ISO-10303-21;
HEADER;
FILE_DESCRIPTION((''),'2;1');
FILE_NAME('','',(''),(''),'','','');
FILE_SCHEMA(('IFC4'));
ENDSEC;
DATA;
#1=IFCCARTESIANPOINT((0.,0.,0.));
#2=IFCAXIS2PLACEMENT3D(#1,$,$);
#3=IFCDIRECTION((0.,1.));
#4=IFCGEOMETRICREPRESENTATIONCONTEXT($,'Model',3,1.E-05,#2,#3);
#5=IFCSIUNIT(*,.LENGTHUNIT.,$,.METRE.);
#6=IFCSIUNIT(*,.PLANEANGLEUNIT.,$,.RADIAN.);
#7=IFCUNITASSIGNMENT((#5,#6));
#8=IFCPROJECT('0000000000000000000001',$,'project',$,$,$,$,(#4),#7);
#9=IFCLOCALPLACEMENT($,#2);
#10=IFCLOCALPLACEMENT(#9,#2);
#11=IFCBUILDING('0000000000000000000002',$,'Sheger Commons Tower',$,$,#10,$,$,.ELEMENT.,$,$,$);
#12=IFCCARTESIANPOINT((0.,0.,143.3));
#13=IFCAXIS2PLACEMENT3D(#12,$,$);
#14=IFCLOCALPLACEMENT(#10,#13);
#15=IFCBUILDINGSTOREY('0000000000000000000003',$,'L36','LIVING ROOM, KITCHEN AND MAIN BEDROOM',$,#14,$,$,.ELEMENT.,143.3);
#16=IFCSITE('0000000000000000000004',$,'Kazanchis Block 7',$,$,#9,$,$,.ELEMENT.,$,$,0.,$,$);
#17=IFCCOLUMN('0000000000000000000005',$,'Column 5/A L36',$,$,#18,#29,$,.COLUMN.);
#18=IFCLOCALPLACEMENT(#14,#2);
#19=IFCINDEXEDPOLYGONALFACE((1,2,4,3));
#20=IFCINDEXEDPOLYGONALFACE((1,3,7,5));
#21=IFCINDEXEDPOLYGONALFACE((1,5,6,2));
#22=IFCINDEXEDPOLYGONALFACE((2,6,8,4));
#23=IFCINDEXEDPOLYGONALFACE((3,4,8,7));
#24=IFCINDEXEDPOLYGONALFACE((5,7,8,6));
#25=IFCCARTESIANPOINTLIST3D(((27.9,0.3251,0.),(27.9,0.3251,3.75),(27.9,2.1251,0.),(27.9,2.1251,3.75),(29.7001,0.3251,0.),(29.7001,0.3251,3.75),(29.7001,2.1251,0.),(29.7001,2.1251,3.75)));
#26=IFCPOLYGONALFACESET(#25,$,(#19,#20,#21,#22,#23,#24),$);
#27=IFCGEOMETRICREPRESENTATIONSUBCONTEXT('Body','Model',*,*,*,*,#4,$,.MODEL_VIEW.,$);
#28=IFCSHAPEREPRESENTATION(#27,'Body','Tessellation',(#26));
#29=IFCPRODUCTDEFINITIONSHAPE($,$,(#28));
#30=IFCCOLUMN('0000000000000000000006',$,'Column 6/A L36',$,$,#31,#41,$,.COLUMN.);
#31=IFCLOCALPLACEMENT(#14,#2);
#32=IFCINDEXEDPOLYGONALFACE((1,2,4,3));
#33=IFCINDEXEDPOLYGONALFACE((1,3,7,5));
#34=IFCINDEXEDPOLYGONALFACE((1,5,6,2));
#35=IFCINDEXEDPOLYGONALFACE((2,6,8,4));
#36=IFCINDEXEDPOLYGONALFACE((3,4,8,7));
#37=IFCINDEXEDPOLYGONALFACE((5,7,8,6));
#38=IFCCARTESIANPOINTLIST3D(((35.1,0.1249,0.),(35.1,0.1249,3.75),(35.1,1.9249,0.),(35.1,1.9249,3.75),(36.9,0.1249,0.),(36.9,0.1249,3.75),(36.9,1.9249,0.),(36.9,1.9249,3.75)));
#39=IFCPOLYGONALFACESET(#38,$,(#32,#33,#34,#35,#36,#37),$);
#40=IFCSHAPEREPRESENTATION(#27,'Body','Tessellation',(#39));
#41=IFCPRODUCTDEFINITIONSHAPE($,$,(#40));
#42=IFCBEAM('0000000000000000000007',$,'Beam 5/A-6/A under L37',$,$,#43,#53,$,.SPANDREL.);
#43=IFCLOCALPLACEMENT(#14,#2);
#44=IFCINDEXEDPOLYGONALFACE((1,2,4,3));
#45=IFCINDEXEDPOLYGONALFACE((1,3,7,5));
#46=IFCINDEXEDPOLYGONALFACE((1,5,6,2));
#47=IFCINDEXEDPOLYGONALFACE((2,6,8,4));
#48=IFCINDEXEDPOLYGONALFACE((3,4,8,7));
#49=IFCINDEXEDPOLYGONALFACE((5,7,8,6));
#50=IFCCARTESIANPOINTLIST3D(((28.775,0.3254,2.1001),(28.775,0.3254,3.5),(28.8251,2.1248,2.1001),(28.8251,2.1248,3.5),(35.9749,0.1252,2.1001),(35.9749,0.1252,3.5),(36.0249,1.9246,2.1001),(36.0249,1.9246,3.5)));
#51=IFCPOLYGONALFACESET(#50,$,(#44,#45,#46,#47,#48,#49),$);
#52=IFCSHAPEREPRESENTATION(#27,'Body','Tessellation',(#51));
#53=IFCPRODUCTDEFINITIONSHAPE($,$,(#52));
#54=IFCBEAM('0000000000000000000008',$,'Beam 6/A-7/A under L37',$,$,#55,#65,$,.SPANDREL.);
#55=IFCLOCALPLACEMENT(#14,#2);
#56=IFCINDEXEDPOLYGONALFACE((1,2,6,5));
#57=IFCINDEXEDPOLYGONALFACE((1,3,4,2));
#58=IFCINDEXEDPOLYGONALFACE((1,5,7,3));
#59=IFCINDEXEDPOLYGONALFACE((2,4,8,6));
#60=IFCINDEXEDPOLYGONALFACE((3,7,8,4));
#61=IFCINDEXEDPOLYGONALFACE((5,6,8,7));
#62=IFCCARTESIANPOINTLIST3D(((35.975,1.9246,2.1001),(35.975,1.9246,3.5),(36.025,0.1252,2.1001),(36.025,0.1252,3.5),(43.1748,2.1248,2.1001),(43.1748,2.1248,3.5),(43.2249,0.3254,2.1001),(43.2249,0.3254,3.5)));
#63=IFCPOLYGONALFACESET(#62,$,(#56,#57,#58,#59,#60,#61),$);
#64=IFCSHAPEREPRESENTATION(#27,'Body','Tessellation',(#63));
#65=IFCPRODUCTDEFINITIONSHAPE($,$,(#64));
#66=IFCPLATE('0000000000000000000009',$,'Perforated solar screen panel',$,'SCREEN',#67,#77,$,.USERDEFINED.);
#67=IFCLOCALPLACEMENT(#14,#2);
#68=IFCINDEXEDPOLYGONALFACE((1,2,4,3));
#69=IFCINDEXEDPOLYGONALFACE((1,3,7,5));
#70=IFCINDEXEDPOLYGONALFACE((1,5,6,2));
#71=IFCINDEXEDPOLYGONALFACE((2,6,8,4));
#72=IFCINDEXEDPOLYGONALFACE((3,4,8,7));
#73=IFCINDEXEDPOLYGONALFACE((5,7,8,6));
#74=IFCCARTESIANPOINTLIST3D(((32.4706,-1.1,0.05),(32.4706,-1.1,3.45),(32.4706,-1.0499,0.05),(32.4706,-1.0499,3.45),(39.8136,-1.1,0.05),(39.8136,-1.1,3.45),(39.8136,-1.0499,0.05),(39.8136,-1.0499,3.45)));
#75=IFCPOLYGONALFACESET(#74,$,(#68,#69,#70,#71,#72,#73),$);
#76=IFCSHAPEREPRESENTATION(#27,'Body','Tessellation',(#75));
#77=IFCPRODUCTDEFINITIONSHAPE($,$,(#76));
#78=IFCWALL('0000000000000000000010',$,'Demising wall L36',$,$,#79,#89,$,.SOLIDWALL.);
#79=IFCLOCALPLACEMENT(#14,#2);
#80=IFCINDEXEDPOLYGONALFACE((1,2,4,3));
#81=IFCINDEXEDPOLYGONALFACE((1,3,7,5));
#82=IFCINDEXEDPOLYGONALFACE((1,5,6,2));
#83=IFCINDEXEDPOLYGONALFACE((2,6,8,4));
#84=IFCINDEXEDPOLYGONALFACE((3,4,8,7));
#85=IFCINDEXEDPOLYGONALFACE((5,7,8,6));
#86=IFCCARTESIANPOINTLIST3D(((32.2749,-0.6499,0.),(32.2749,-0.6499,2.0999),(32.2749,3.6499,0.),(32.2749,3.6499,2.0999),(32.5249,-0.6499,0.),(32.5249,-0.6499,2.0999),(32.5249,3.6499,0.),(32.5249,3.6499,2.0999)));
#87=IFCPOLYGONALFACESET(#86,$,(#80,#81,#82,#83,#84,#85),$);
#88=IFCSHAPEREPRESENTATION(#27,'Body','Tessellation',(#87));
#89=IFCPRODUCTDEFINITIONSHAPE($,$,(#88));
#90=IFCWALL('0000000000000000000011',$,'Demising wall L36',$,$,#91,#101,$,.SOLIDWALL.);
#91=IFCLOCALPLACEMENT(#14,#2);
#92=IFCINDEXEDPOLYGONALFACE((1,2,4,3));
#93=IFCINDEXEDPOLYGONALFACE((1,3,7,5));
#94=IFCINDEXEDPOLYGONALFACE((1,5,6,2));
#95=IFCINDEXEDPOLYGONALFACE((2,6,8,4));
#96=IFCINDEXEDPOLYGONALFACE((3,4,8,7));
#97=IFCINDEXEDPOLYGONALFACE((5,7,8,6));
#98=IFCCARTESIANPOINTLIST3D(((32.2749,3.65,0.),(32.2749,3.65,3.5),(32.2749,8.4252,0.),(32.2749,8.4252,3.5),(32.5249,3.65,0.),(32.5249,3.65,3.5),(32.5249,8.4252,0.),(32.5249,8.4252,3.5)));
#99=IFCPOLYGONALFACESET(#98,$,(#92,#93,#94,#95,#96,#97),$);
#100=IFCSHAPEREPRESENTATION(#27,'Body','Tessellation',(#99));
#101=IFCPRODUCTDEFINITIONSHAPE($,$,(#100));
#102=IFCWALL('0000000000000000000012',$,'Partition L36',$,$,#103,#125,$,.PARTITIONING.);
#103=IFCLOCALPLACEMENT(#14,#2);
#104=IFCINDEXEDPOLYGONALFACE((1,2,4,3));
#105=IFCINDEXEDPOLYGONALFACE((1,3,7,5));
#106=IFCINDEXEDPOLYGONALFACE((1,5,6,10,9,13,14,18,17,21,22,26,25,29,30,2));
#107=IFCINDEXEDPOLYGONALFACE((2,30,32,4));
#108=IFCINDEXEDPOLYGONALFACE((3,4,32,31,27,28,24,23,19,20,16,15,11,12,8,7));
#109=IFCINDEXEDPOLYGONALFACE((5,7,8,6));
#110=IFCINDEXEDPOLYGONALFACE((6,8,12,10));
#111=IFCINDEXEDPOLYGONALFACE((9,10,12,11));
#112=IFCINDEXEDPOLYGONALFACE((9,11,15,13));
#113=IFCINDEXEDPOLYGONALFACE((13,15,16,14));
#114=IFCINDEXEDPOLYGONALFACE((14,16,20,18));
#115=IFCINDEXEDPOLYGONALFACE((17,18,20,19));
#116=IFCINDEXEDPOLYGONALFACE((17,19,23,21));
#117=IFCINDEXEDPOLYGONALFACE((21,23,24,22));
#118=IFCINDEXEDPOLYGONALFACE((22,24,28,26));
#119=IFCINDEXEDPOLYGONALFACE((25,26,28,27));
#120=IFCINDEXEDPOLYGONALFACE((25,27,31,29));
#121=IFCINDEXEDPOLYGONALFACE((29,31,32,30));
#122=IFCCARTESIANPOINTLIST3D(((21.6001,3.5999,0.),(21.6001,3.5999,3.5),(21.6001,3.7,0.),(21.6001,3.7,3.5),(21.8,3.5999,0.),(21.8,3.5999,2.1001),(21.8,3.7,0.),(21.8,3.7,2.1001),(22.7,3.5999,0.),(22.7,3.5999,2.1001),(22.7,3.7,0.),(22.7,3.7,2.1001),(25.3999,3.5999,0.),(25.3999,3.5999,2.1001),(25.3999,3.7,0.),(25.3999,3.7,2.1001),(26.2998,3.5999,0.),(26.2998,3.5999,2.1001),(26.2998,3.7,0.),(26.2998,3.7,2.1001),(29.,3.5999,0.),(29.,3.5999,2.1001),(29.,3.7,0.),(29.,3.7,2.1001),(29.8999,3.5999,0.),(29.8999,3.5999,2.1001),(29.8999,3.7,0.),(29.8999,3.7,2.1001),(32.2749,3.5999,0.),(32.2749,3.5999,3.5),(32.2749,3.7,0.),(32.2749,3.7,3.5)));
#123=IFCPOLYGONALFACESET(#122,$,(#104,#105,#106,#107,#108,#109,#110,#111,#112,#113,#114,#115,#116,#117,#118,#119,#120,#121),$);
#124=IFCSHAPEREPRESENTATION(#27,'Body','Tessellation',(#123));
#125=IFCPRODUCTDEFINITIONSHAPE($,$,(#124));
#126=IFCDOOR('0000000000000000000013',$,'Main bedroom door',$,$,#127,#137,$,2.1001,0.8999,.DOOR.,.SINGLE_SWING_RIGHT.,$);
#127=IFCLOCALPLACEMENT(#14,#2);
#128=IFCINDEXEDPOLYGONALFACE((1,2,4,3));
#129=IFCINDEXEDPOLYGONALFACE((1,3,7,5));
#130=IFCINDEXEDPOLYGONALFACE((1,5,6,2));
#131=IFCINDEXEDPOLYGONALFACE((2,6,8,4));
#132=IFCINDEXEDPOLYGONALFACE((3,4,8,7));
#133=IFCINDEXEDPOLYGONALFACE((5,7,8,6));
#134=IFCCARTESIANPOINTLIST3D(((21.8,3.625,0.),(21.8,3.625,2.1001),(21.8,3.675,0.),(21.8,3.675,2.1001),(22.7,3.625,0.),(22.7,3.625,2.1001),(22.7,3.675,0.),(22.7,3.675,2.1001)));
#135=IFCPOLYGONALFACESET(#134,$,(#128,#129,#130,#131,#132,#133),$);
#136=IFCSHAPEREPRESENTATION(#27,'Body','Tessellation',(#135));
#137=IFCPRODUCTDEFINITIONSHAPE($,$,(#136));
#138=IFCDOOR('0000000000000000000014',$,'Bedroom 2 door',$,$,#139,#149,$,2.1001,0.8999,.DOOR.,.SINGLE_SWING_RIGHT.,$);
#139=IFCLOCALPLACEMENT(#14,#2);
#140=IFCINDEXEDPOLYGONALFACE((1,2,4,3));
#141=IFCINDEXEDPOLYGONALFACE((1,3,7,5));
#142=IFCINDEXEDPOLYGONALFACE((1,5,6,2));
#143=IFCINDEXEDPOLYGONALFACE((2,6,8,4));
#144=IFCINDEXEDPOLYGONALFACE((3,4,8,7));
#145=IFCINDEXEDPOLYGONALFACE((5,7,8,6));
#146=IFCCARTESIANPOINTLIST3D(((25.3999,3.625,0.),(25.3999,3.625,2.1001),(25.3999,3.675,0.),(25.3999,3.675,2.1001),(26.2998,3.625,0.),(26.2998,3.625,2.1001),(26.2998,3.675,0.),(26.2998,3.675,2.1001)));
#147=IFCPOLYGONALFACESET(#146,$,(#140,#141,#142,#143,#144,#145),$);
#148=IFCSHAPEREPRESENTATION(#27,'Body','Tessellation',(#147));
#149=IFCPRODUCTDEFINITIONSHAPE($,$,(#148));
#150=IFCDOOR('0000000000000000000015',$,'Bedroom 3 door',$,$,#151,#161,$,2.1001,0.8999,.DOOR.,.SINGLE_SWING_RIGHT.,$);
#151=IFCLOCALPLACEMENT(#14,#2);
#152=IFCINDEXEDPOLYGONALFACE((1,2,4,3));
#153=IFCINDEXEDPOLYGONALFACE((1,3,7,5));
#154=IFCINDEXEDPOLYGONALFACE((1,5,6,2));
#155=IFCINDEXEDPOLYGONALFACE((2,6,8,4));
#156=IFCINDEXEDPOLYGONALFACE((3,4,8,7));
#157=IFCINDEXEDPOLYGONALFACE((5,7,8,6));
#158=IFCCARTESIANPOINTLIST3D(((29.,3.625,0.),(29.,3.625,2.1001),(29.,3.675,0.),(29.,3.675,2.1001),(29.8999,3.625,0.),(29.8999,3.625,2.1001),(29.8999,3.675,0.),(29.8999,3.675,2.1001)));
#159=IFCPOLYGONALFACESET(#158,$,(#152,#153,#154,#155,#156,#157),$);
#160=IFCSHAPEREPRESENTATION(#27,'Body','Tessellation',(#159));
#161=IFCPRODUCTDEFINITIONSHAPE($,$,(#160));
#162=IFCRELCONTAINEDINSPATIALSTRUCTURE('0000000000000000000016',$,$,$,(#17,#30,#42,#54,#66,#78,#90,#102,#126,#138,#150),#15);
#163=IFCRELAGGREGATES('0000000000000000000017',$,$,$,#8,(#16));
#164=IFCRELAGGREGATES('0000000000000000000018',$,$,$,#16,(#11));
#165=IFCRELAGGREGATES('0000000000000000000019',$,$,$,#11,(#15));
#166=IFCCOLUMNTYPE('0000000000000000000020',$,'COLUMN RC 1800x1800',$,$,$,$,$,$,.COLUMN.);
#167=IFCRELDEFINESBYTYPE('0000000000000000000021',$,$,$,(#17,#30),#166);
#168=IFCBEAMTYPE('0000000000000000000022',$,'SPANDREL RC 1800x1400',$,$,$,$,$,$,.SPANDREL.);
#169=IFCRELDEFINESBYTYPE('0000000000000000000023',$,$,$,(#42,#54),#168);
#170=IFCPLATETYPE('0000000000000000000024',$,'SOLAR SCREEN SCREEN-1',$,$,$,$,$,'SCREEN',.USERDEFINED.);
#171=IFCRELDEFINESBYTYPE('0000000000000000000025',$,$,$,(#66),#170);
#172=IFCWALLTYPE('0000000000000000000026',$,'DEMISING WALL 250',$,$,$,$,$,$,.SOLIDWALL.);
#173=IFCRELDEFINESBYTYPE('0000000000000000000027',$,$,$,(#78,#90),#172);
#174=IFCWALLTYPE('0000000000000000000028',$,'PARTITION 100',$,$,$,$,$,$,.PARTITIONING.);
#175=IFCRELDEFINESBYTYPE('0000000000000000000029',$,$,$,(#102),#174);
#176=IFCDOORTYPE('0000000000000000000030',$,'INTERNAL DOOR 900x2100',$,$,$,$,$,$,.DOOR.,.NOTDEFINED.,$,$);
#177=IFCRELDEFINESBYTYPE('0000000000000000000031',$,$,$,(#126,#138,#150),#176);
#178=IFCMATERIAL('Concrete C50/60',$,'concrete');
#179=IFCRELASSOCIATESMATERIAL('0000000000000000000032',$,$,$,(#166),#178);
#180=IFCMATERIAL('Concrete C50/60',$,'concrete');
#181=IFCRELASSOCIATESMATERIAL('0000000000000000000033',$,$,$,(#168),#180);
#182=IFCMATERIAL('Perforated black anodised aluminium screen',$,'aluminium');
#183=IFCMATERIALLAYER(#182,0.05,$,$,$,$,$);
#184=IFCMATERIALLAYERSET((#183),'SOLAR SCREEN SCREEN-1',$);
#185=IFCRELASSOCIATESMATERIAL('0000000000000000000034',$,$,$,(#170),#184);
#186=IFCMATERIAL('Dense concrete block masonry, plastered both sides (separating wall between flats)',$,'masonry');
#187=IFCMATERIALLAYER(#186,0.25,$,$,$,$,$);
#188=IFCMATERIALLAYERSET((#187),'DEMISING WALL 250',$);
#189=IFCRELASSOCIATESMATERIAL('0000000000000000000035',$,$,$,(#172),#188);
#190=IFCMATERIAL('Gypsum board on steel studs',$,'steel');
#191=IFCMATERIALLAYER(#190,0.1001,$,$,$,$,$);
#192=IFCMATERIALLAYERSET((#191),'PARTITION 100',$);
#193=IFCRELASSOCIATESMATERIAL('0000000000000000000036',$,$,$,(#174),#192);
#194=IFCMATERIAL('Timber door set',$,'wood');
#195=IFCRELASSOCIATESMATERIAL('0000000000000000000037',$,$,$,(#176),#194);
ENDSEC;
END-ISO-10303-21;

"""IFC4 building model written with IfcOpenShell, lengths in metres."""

from ifc_helpers import new_model, si_unit, direction, frame, frame_2d, origin, origin_2d, place, context, subcontext, project, spatial, rectangle, extrude, material, layer, layer_set, material_profile, profile_set, type_object, element, fill, save


model = new_model("IFC4")

# Units and contexts
model_context = context("Model", 3, precision=1e-05, world=origin(), true_north=direction((0.0, 1.0)))
body_context = subcontext(model_context, "Body", "Model", "MODEL_VIEW")
ifc_project = project(units=[si_unit("LENGTHUNIT", "METRE"), si_unit("PLANEANGLEUNIT", "RADIAN")], contexts=[model_context])

# Site, building, storey
site_placement = place(None, origin())
site = spatial("IfcSite", under=ifc_project, at=site_placement, Name="Kazanchis Block 7", CompositionType="ELEMENT", RefElevation=0.0)
building_placement = place(site_placement, origin())
building = spatial("IfcBuilding", under=site, at=building_placement, Name="Sheger Commons Tower", CompositionType="ELEMENT")
storey_placement = place(building_placement, frame((0.0, 0.0, 143.3)))
storey = spatial("IfcBuildingStorey", under=building, at=storey_placement, Name="L36", Description="LIVING ROOM, KITCHEN AND MAIN BEDROOM", CompositionType="ELEMENT", Elevation=143.3)

# Columns
ifc_material_1 = material(Name="Concrete C50/60", Category="concrete")
ifc_material_profile_1 = material_profile(ifc_material_1, rectangle(XDim=1.8, YDim=1.8, at=origin_2d()), Name="RC 1800x1800")
ifc_profile_set_1 = profile_set([ifc_material_profile_1], Name="Concrete C50/60")
column_type = type_object("IfcColumnType", Name="COLUMN RC 1800x1800", PredefinedType="COLUMN", material=ifc_profile_set_1)
for number, where, z_axis, x_axis, name in (
    (1, (28.8, 1.2251, 0.0), (0.0, 0.0, 1.0), (1.0, 0.0, 0.0), "Column 5/A L36"),
    (2, (36.0, 1.0249, 0.0), (0.0, 0.0, 1.0), (1.0, 0.0, 0.0), "Column 6/A L36"),
):
    element("IfcColumn", number, at=place(storey_placement, frame(where, z_axis=z_axis, x_axis=x_axis)), inside=storey, type_object=column_type, Name=name, PredefinedType="COLUMN", context=body_context, shape_type="SweptSolid", body=[
        extrude(rectangle(XDim=1.8, YDim=1.8, at=origin_2d()), origin(), (0.0, 0.0, 1.0), 3.75),
    ])

# Beams
ifc_material_2 = material(Name="Concrete C50/60", Category="concrete")
ifc_material_profile_2 = material_profile(ifc_material_2, rectangle(XDim=1.8, YDim=1.3999, at=origin_2d()), Name="RC 1800x1400")
ifc_profile_set_2 = profile_set([ifc_material_profile_2], Name="Concrete C50/60")
beam_type = type_object("IfcBeamType", Name="SPANDREL RC 1800x1400", PredefinedType="SPANDREL", material=ifc_profile_set_2)
for number, where, z_axis, x_axis, name in (
    (3, (28.8, 1.2251, 2.8), (0.999614, -0.027794, 0.0), (0.027794, 0.999614, 0.0), "Beam 5/A-6/A under L37"),
    (4, (36.0, 1.0249, 2.8), (0.999614, 0.027794, 0.0), (-0.027794, 0.999614, 0.0), "Beam 6/A-7/A under L37"),
):
    element("IfcBeam", number, at=place(storey_placement, frame(where, z_axis=z_axis, x_axis=x_axis)), inside=storey, type_object=beam_type, Name=name, PredefinedType="SPANDREL", context=body_context, shape_type="SweptSolid", body=[
        extrude(rectangle(XDim=1.8, YDim=1.3999, at=origin_2d()), origin(), (0.0, 0.0, 1.0), 7.2026),
    ])

# Plate
ifc_material_3 = material(Name="Perforated black anodised aluminium screen", Category="aluminium")
ifc_layer_1 = layer(ifc_material_3, 0.05)
ifc_layer_set_1 = layer_set([ifc_layer_1], Name="SOLAR SCREEN SCREEN-1")
plate_type = type_object("IfcPlateType", Name="SOLAR SCREEN SCREEN-1", ElementType="SCREEN", PredefinedType="USERDEFINED", material=ifc_layer_set_1)
plate_placement = place(storey_placement, frame((36.1421, -1.075, 0.05), z_axis=(0.0, 0.0, 1.0), x_axis=(1.0, 0.0, 0.0)))
element("IfcPlate", 5, at=plate_placement, inside=storey, type_object=plate_type, Name="Perforated solar screen panel", ObjectType="SCREEN", PredefinedType="USERDEFINED", context=body_context, shape_type="SweptSolid", body=[
    extrude(rectangle(XDim=7.343, YDim=0.05, at=origin_2d()), origin(), (0.0, 0.0, 1.0), 3.3999),
])

# Walls
ifc_material_4 = material(Name="Dense concrete block masonry, plastered both sides (separating wall between flats)", Category="masonry")
ifc_layer_2 = layer(ifc_material_4, 0.25)
ifc_layer_set_2 = layer_set([ifc_layer_2], Name="DEMISING WALL 250")
wall_type_1 = type_object("IfcWallType", Name="DEMISING WALL 250", PredefinedType="SOLIDWALL", material=ifc_layer_set_2)
wall_1_placement = place(storey_placement, frame((32.3999, -0.6499, 0.0), z_axis=(0.0, 0.0, 1.0), x_axis=(0.0, 1.0, 0.0)))
element("IfcWall", 6, at=wall_1_placement, inside=storey, type_object=wall_type_1, Name="Demising wall L36", PredefinedType="SOLIDWALL", context=body_context, shape_type="SweptSolid", body=[
    extrude(rectangle(XDim=4.2998, YDim=0.25, at=frame_2d((2.1499, 0.0))), origin(), (0.0, 0.0, 1.0), 2.0999),
])
wall_2_placement = place(storey_placement, frame((32.3999, 3.6499, 0.0), z_axis=(0.0, 0.0, 1.0), x_axis=(0.0, 1.0, 0.0)))
element("IfcWall", 7, at=wall_2_placement, inside=storey, type_object=wall_type_1, Name="Demising wall L36", PredefinedType="SOLIDWALL", context=body_context, shape_type="SweptSolid", body=[
    extrude(rectangle(XDim=4.7751, YDim=0.25, at=frame_2d((2.3877, 0.0))), origin(), (0.0, 0.0, 1.0), 3.5),
])

# Wall, openings, doors
ifc_material_5 = material(Name="Gypsum board on steel studs", Category="steel")
ifc_layer_3 = layer(ifc_material_5, 0.1001)
ifc_layer_set_3 = layer_set([ifc_layer_3], Name="PARTITION 100")
wall_type_2 = type_object("IfcWallType", Name="PARTITION 100", PredefinedType="PARTITIONING", material=ifc_layer_set_3)
wall_3_placement = place(storey_placement, frame((32.2749, 3.6499, 0.0), z_axis=(0.0, 0.0, 1.0), x_axis=(-1.0, 0.0, 0.0)))
wall_3 = element("IfcWall", 8, at=wall_3_placement, inside=storey, type_object=wall_type_2, Name="Partition L36", PredefinedType="PARTITIONING", context=body_context, shape_type="SweptSolid", body=[
    extrude(rectangle(XDim=10.6748, YDim=0.1001, at=frame_2d((5.3374, 0.0))), origin(), (0.0, 0.0, 1.0), 3.5),
])
opening_1_placement = place(wall_3_placement, frame((9.575, 0.0, 0.0)))
opening_1 = element("IfcOpeningElement", 9, at=opening_1_placement, cuts=wall_3, PredefinedType="OPENING", context=body_context, shape_type="SweptSolid", body=[
    extrude(rectangle(XDim=0.8999, YDim=2.1001, at=frame_2d((0.45, 1.05))), frame((0.0, 0.0601, 0.0), z_axis=(0.0, -1.0, 0.0), x_axis=(1.0, 0.0, 0.0)), (0.0, 0.0, 1.0), 0.1201),
])
opening_2_placement = place(wall_3_placement, frame((5.9751, 0.0, 0.0)))
opening_2 = element("IfcOpeningElement", 10, at=opening_2_placement, cuts=wall_3, PredefinedType="OPENING", context=body_context, shape_type="SweptSolid", body=[
    extrude(rectangle(XDim=0.8999, YDim=2.1001, at=frame_2d((0.45, 1.05))), frame((0.0, 0.0601, 0.0), z_axis=(0.0, -1.0, 0.0), x_axis=(1.0, 0.0, 0.0)), (0.0, 0.0, 1.0), 0.1201),
])
opening_3_placement = place(wall_3_placement, frame((2.375, 0.0, 0.0)))
opening_3 = element("IfcOpeningElement", 11, at=opening_3_placement, cuts=wall_3, PredefinedType="OPENING", context=body_context, shape_type="SweptSolid", body=[
    extrude(rectangle(XDim=0.8999, YDim=2.1001, at=frame_2d((0.45, 1.05))), frame((0.0, 0.0601, 0.0), z_axis=(0.0, -1.0, 0.0), x_axis=(1.0, 0.0, 0.0)), (0.0, 0.0, 1.0), 0.1201),
])
ifc_material_6 = material(Name="Timber door set", Category="wood")
door_type = type_object("IfcDoorType", Name="INTERNAL DOOR 900x2100", OperationType="NOTDEFINED", PredefinedType="DOOR", material=ifc_material_6)
door_1_placement = place(opening_1_placement, origin())
door_1 = element("IfcDoor", 12, at=door_1_placement, inside=storey, type_object=door_type, Name="Main bedroom door", OperationType="SINGLE_SWING_RIGHT", OverallHeight=2.1001, OverallWidth=0.8999, PredefinedType="DOOR", context=body_context, shape_type="SweptSolid", body=[
    extrude(rectangle(XDim=0.8999, YDim=2.1001, at=frame_2d((0.45, 1.05))), frame((0.0, 0.0249, 0.0), z_axis=(0.0, -1.0, 0.0), x_axis=(1.0, 0.0, 0.0)), (0.0, 0.0, 1.0), 0.05),
])
fill(opening_1, door_1)
door_2_placement = place(opening_2_placement, origin())
door_2 = element("IfcDoor", 13, at=door_2_placement, inside=storey, type_object=door_type, Name="Bedroom 2 door", OperationType="SINGLE_SWING_RIGHT", OverallHeight=2.1001, OverallWidth=0.8999, PredefinedType="DOOR", context=body_context, shape_type="SweptSolid", body=[
    extrude(rectangle(XDim=0.8999, YDim=2.1001, at=frame_2d((0.45, 1.05))), frame((0.0, 0.0249, 0.0), z_axis=(0.0, -1.0, 0.0), x_axis=(1.0, 0.0, 0.0)), (0.0, 0.0, 1.0), 0.05),
])
fill(opening_2, door_2)
door_3_placement = place(opening_3_placement, origin())
door_3 = element("IfcDoor", 14, at=door_3_placement, inside=storey, type_object=door_type, Name="Bedroom 3 door", OperationType="SINGLE_SWING_RIGHT", OverallHeight=2.1001, OverallWidth=0.8999, PredefinedType="DOOR", context=body_context, shape_type="SweptSolid", body=[
    extrude(rectangle(XDim=0.8999, YDim=2.1001, at=frame_2d((0.45, 1.05))), frame((0.0, 0.0249, 0.0), z_axis=(0.0, -1.0, 0.0), x_axis=(1.0, 0.0, 0.0)), (0.0, 0.0, 1.0), 0.05),
])
fill(opening_3, door_3)

save(model, "model.ifc")
